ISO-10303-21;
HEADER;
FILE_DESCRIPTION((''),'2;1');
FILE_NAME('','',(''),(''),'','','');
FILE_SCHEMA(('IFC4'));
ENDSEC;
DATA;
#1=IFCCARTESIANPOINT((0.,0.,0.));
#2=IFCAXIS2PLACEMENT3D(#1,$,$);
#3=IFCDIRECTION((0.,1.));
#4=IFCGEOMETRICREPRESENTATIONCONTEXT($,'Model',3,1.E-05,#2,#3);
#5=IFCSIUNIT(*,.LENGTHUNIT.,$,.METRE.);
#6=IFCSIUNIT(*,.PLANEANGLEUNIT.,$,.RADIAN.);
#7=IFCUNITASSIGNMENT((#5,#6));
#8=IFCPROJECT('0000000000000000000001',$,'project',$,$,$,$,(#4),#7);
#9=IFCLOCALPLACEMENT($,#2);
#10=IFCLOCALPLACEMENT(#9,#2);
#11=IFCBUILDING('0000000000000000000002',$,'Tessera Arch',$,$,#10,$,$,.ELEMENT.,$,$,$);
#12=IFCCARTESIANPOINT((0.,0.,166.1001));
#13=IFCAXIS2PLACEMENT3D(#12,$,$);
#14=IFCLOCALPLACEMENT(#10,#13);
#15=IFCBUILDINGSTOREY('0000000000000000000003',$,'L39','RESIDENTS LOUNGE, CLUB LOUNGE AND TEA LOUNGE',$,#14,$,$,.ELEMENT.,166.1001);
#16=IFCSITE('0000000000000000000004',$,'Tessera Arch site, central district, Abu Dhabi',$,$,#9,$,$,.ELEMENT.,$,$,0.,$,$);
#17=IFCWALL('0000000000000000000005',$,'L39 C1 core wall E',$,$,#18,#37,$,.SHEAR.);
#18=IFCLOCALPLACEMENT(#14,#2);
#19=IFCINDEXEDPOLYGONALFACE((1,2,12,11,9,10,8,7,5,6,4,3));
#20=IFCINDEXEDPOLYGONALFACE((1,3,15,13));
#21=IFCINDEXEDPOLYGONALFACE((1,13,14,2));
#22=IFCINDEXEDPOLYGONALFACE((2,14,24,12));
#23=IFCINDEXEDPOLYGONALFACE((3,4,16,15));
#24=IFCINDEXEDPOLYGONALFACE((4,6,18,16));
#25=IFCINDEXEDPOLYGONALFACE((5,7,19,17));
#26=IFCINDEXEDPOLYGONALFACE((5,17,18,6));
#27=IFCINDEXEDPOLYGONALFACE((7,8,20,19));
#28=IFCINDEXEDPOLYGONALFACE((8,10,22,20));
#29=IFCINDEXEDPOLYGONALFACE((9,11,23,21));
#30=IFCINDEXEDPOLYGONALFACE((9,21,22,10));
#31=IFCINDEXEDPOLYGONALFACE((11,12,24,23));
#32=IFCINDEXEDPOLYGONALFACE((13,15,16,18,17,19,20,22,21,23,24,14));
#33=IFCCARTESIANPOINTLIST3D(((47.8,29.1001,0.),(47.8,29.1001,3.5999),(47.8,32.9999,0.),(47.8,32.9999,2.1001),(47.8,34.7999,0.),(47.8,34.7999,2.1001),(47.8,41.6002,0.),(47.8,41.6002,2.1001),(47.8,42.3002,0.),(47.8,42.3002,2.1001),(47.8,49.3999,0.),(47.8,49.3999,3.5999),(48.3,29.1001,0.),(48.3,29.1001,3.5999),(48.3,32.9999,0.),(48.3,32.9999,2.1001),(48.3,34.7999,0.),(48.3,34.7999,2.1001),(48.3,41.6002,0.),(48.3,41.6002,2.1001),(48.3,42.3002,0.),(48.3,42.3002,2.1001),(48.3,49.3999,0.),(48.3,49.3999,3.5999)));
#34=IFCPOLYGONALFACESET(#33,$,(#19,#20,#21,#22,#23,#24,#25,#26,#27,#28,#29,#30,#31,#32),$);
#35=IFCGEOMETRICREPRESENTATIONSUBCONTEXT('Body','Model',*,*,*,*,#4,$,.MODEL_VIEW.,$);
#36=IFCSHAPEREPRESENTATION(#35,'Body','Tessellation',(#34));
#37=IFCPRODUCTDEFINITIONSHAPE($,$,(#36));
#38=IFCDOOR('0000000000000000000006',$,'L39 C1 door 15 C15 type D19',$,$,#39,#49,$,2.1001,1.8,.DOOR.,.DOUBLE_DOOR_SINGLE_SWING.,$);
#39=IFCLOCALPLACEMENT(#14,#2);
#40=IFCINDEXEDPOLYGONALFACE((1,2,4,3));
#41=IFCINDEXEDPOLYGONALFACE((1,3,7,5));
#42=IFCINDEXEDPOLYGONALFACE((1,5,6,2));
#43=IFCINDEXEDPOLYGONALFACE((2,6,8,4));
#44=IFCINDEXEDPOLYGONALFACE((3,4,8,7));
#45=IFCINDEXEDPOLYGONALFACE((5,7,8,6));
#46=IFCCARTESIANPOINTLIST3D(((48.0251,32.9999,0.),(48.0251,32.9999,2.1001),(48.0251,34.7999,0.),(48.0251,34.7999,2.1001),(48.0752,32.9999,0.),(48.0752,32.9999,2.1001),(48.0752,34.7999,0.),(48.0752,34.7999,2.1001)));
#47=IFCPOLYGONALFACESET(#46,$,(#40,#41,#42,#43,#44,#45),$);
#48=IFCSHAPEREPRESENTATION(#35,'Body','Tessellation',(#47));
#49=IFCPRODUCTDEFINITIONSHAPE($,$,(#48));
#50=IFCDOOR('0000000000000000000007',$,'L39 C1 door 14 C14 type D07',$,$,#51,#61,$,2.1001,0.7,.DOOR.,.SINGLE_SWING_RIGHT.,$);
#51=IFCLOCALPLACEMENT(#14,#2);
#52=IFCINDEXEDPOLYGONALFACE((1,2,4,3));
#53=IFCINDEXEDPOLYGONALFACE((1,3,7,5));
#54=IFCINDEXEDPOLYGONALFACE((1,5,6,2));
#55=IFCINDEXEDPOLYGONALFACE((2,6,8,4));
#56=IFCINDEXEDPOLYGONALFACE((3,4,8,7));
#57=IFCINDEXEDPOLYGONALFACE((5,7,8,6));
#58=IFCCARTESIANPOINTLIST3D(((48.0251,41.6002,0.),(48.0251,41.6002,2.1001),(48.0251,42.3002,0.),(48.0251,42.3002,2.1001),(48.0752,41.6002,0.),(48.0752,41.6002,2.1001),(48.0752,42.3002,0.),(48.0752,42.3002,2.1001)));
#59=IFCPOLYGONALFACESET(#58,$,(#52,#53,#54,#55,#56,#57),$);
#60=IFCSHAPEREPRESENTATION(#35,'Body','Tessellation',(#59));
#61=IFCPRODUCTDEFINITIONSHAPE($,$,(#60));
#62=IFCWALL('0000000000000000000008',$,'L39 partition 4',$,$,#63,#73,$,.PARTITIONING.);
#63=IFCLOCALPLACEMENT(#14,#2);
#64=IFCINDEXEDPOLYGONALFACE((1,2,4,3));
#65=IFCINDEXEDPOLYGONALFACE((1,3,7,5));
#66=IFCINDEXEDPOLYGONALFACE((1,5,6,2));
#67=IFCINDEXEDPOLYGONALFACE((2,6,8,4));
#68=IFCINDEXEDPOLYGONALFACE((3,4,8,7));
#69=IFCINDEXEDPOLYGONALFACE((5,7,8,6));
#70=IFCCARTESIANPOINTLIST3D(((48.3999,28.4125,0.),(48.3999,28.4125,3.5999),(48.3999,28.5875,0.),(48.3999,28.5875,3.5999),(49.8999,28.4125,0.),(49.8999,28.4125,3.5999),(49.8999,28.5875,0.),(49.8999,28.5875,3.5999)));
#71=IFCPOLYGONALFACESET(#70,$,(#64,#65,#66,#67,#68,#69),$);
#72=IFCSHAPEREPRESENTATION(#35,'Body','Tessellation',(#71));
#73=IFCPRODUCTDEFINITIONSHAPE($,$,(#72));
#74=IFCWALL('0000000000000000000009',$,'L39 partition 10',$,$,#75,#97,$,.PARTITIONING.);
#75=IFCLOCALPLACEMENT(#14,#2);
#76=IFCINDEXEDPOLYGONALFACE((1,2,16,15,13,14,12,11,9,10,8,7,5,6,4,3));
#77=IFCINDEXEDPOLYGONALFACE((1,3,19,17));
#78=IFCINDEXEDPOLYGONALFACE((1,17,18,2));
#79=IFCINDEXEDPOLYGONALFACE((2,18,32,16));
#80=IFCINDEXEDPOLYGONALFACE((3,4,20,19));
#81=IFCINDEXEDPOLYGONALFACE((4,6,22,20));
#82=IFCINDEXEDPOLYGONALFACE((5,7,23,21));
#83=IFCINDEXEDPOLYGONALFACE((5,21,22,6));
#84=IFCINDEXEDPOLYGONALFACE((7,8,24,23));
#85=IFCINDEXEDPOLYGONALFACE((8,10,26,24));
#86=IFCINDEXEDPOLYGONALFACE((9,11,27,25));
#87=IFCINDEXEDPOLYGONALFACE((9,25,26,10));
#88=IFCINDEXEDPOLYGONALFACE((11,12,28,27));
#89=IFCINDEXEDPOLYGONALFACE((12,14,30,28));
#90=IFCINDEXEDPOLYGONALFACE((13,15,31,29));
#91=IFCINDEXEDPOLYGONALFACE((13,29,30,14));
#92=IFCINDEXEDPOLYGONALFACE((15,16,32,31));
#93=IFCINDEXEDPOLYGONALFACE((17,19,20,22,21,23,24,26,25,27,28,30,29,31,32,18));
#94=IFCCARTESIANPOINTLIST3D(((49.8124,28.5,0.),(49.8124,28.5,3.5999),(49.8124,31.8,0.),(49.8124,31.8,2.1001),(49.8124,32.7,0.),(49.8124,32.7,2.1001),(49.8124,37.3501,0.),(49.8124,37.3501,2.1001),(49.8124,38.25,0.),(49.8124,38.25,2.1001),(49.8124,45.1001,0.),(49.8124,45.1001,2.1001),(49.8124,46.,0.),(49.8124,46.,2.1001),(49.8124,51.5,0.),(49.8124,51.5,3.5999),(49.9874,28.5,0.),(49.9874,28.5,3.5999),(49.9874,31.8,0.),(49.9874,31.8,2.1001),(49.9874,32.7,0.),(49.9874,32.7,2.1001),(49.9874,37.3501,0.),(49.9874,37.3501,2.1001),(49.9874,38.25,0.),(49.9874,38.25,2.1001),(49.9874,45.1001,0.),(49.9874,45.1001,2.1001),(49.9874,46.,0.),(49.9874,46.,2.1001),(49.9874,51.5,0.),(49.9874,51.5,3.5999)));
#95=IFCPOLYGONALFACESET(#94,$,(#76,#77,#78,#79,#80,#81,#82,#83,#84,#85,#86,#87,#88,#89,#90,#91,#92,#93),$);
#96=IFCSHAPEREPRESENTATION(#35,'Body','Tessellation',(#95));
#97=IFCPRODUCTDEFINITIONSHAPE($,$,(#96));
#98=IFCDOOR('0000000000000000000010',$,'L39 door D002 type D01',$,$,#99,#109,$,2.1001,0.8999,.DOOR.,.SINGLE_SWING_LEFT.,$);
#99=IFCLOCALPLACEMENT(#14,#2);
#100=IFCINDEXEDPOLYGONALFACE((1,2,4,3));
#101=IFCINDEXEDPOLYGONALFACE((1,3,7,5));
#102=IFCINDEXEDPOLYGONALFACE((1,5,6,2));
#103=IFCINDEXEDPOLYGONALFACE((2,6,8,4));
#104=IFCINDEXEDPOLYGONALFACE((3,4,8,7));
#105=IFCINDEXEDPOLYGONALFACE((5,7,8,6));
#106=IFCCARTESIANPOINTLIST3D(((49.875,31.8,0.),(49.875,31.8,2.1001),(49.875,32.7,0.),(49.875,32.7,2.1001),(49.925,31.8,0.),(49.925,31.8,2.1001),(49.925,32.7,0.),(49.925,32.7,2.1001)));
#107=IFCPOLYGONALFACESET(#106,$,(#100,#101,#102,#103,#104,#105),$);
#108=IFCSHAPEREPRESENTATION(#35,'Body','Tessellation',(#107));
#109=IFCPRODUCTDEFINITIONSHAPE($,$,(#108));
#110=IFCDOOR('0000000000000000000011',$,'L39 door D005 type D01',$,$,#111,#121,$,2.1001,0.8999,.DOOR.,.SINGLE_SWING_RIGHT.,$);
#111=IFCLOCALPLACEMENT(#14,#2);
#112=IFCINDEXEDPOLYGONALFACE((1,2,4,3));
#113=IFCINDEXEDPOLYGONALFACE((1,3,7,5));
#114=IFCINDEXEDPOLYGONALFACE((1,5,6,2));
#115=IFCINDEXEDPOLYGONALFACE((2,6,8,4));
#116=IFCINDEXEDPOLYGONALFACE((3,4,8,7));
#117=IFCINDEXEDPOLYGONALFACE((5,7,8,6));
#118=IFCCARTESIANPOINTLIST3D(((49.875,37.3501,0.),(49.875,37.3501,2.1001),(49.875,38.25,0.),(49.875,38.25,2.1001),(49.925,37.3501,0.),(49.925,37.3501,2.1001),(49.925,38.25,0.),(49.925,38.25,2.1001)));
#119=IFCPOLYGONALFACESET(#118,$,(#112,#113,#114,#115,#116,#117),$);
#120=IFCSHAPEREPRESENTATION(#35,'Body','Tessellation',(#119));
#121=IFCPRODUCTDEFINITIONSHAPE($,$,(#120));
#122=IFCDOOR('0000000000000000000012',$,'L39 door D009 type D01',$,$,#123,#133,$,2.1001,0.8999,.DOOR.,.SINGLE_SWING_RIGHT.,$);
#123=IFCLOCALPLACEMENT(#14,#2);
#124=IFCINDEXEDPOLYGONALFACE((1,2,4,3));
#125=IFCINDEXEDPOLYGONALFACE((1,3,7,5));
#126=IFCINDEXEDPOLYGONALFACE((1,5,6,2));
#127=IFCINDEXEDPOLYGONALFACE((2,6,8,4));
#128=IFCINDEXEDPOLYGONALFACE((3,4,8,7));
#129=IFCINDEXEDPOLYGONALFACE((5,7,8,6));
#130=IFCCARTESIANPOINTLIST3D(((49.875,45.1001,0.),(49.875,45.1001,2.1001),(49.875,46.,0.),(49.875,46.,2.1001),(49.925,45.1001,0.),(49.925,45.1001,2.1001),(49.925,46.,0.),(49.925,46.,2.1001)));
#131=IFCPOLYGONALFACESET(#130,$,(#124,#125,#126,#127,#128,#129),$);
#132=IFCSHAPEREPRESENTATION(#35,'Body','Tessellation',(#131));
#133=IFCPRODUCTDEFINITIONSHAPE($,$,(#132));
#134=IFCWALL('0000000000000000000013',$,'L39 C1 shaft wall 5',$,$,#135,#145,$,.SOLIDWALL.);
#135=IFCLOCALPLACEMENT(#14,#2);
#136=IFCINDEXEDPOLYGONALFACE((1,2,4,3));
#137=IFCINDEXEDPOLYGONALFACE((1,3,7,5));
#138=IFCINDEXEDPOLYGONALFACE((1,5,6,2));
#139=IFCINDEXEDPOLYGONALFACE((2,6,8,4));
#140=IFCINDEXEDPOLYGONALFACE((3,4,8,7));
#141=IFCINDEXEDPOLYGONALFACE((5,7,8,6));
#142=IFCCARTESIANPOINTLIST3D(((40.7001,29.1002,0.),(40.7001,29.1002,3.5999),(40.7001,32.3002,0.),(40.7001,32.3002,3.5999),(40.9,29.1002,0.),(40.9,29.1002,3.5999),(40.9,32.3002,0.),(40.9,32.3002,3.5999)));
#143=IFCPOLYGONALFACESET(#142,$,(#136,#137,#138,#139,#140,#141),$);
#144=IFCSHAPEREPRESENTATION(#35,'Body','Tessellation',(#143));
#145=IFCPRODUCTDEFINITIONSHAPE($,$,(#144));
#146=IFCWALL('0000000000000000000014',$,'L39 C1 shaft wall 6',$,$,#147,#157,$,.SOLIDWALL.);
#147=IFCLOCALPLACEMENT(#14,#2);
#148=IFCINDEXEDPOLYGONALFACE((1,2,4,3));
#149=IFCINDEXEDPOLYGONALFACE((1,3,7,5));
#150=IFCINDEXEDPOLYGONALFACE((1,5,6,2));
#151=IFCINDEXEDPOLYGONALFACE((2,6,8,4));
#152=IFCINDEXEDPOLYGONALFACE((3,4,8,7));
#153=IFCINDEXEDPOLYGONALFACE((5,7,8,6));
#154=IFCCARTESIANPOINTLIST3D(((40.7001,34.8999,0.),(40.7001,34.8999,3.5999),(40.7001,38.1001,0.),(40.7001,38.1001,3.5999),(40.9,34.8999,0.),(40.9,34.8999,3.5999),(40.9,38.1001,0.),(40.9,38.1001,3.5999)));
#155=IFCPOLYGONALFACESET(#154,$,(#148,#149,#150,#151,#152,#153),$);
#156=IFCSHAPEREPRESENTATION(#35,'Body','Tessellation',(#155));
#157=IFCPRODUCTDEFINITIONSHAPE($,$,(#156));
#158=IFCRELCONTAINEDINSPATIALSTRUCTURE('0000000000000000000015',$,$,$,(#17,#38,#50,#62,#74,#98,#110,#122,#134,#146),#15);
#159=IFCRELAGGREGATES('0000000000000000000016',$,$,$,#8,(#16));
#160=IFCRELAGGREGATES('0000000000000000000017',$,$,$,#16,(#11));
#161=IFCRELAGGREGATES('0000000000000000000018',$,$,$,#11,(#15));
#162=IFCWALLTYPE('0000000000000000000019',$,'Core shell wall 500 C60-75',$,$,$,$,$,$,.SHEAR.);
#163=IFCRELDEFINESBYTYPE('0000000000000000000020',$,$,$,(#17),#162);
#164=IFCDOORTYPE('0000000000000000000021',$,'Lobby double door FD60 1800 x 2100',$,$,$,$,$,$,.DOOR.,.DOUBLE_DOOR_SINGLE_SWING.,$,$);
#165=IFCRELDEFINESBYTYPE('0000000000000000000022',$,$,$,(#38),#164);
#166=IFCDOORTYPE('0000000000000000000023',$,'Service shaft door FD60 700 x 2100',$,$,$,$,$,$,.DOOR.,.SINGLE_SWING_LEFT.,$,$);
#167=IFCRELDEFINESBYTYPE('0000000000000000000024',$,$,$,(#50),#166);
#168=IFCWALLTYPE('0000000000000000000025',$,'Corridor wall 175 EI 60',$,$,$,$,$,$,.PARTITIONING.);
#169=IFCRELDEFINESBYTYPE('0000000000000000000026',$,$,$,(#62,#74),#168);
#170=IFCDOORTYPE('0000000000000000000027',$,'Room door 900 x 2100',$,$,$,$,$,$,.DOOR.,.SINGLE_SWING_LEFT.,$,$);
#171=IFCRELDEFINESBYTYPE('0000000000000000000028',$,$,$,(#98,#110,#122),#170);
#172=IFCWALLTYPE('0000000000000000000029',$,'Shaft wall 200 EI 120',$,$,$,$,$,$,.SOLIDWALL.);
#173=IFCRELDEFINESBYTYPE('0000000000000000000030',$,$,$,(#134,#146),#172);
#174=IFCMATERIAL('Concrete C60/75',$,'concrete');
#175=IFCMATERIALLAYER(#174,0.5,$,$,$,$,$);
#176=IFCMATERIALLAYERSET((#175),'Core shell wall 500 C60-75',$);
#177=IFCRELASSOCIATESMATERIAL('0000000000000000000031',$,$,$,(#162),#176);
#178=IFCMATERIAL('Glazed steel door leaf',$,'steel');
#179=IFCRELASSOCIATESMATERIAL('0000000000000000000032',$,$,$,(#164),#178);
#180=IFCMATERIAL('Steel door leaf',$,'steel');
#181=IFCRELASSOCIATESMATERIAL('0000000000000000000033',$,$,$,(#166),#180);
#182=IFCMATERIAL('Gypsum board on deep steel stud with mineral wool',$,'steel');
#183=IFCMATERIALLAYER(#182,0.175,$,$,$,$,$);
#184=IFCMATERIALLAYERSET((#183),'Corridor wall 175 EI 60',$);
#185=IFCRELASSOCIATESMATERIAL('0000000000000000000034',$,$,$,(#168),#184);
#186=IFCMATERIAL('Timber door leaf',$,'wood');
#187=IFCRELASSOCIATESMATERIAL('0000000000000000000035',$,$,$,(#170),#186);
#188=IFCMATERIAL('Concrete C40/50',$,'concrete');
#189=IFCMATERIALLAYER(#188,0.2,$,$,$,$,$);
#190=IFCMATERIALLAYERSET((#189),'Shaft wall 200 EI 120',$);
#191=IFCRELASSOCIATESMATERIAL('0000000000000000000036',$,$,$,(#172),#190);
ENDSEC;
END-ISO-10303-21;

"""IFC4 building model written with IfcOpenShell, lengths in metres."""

from ifc_helpers import new_model, si_unit, direction, frame, frame_2d, origin, place, context, subcontext, project, spatial, rectangle, extrude, material, layer, layer_set, type_object, element, fill, save


model = new_model("IFC4")

# Units and contexts
model_context = context("Model", 3, precision=1e-05, world=origin(), true_north=direction((0.0, 1.0)))
body_context = subcontext(model_context, "Body", "Model", "MODEL_VIEW")
ifc_project = project(units=[si_unit("LENGTHUNIT", "METRE"), si_unit("PLANEANGLEUNIT", "RADIAN")], contexts=[model_context])

# Site, building, storey
site_placement = place(None, origin())
site = spatial("IfcSite", under=ifc_project, at=site_placement, Name="Tessera Arch site, central district, Abu Dhabi", CompositionType="ELEMENT", RefElevation=0.0)
building_placement = place(site_placement, origin())
building = spatial("IfcBuilding", under=site, at=building_placement, Name="Tessera Arch", CompositionType="ELEMENT")
storey_placement = place(building_placement, frame((0.0, 0.0, 166.1001)))
storey = spatial("IfcBuildingStorey", under=building, at=storey_placement, Name="L39", Description="RESIDENTS LOUNGE, CLUB LOUNGE AND TEA LOUNGE", CompositionType="ELEMENT", Elevation=166.1001)

# Wall, openings, doors
ifc_material_1 = material(Name="Concrete C60/75", Category="concrete")
ifc_layer_1 = layer(ifc_material_1, 0.5)
ifc_layer_set_1 = layer_set([ifc_layer_1], Name="Core shell wall 500 C60-75")
wall_type_1 = type_object("IfcWallType", Name="Core shell wall 500 C60-75", PredefinedType="SHEAR", material=ifc_layer_set_1)
wall_1_placement = place(storey_placement, frame((48.05, 29.1001, 0.0), z_axis=(0.0, 0.0, 1.0), x_axis=(0.0, 1.0, 0.0)))
wall_1 = element("IfcWall", 1, at=wall_1_placement, inside=storey, type_object=wall_type_1, Name="L39 C1 core wall E", PredefinedType="SHEAR", context=body_context, shape_type="SweptSolid", body=[
    extrude(rectangle(XDim=20.2998, YDim=0.5, at=frame_2d((10.1499, 0.0))), origin(), (0.0, 0.0, 1.0), 3.5999),
])
opening_1_placement = place(wall_1_placement, frame((12.5, 0.0, 0.0)))
opening_1 = element("IfcOpeningElement", 2, at=opening_1_placement, cuts=wall_1, PredefinedType="OPENING", context=body_context, shape_type="SweptSolid", body=[
    extrude(rectangle(XDim=0.7, YDim=2.1001, at=frame_2d((0.3501, 1.05))), frame((0.0, 0.26, 0.0), z_axis=(0.0, -1.0, 0.0), x_axis=(1.0, 0.0, 0.0)), (0.0, 0.0, 1.0), 0.52),
])
opening_2_placement = place(wall_1_placement, frame((3.8999, 0.0, 0.0)))
opening_2 = element("IfcOpeningElement", 3, at=opening_2_placement, cuts=wall_1, PredefinedType="OPENING", context=body_context, shape_type="SweptSolid", body=[
    extrude(rectangle(XDim=1.8, YDim=2.1001, at=frame_2d((0.8999, 1.05))), frame((0.0, 0.26, 0.0), z_axis=(0.0, -1.0, 0.0), x_axis=(1.0, 0.0, 0.0)), (0.0, 0.0, 1.0), 0.52),
])
ifc_material_2 = material(Name="Glazed steel door leaf", Category="steel")
door_type_1 = type_object("IfcDoorType", Name="Lobby double door FD60 1800 x 2100", OperationType="DOUBLE_DOOR_SINGLE_SWING", PredefinedType="DOOR", material=ifc_material_2)
door_1_placement = place(opening_2_placement, origin())
door_1 = element("IfcDoor", 4, at=door_1_placement, inside=storey, type_object=door_type_1, Name="L39 C1 door 15 C15 type D19", OperationType="DOUBLE_DOOR_SINGLE_SWING", OverallHeight=2.1001, OverallWidth=1.8, PredefinedType="DOOR", context=body_context, shape_type="SweptSolid", body=[
    extrude(rectangle(XDim=1.8, YDim=2.1001, at=frame_2d((0.8999, 1.05))), frame((0.0, 0.0249, 0.0), z_axis=(0.0, -1.0, 0.0), x_axis=(1.0, 0.0, 0.0)), (0.0, 0.0, 1.0), 0.05),
])
fill(opening_2, door_1)
ifc_material_3 = material(Name="Steel door leaf", Category="steel")
door_type_2 = type_object("IfcDoorType", Name="Service shaft door FD60 700 x 2100", OperationType="SINGLE_SWING_LEFT", PredefinedType="DOOR", material=ifc_material_3)
door_2_placement = place(opening_1_placement, origin())
door_2 = element("IfcDoor", 5, at=door_2_placement, inside=storey, type_object=door_type_2, Name="L39 C1 door 14 C14 type D07", OperationType="SINGLE_SWING_RIGHT", OverallHeight=2.1001, OverallWidth=0.7, PredefinedType="DOOR", context=body_context, shape_type="SweptSolid", body=[
    extrude(rectangle(XDim=0.7, YDim=2.1001, at=frame_2d((0.3501, 1.05))), frame((0.0, 0.0249, 0.0), z_axis=(0.0, -1.0, 0.0), x_axis=(1.0, 0.0, 0.0)), (0.0, 0.0, 1.0), 0.05),
])
fill(opening_1, door_2)

# Wall
ifc_material_4 = material(Name="Gypsum board on deep steel stud with mineral wool", Category="steel")
ifc_layer_2 = layer(ifc_material_4, 0.175)
ifc_layer_set_2 = layer_set([ifc_layer_2], Name="Corridor wall 175 EI 60")
wall_type_2 = type_object("IfcWallType", Name="Corridor wall 175 EI 60", PredefinedType="PARTITIONING", material=ifc_layer_set_2)
wall_2_placement = place(storey_placement, frame((48.3999, 28.5, 0.0), z_axis=(0.0, 0.0, 1.0), x_axis=(1.0, 0.0, 0.0)))
element("IfcWall", 6, at=wall_2_placement, inside=storey, type_object=wall_type_2, Name="L39 partition 4", PredefinedType="PARTITIONING", context=body_context, shape_type="SweptSolid", body=[
    extrude(rectangle(XDim=1.5, YDim=0.175, at=frame_2d((0.75, 0.0))), origin(), (0.0, 0.0, 1.0), 3.5999),
])

# Wall, openings, doors
wall_3_placement = place(storey_placement, frame((49.8999, 28.5, 0.0), z_axis=(0.0, 0.0, 1.0), x_axis=(0.0, 1.0, 0.0)))
wall_3 = element("IfcWall", 7, at=wall_3_placement, inside=storey, type_object=wall_type_2, Name="L39 partition 10", PredefinedType="PARTITIONING", context=body_context, shape_type="SweptSolid", body=[
    extrude(rectangle(XDim=23.0, YDim=0.175, at=frame_2d((11.5, 0.0))), origin(), (0.0, 0.0, 1.0), 3.5999),
])
opening_3_placement = place(wall_3_placement, frame((3.3, 0.0, 0.0)))
opening_3 = element("IfcOpeningElement", 8, at=opening_3_placement, cuts=wall_3, PredefinedType="OPENING", context=body_context, shape_type="SweptSolid", body=[
    extrude(rectangle(XDim=0.8999, YDim=2.1001, at=frame_2d((0.45, 1.05))), frame((0.0, 0.0974, 0.0), z_axis=(0.0, -1.0, 0.0), x_axis=(1.0, 0.0, 0.0)), (0.0, 0.0, 1.0), 0.1951),
])
opening_4_placement = place(wall_3_placement, frame((8.8501, 0.0, 0.0)))
opening_4 = element("IfcOpeningElement", 9, at=opening_4_placement, cuts=wall_3, PredefinedType="OPENING", context=body_context, shape_type="SweptSolid", body=[
    extrude(rectangle(XDim=0.8999, YDim=2.1001, at=frame_2d((0.45, 1.05))), frame((0.0, 0.0974, 0.0), z_axis=(0.0, -1.0, 0.0), x_axis=(1.0, 0.0, 0.0)), (0.0, 0.0, 1.0), 0.1951),
])
opening_5_placement = place(wall_3_placement, frame((16.6001, 0.0, 0.0)))
opening_5 = element("IfcOpeningElement", 10, at=opening_5_placement, cuts=wall_3, PredefinedType="OPENING", context=body_context, shape_type="SweptSolid", body=[
    extrude(rectangle(XDim=0.8999, YDim=2.1001, at=frame_2d((0.45, 1.05))), frame((0.0, 0.0974, 0.0), z_axis=(0.0, -1.0, 0.0), x_axis=(1.0, 0.0, 0.0)), (0.0, 0.0, 1.0), 0.1951),
])
ifc_material_5 = material(Name="Timber door leaf", Category="wood")
door_type_3 = type_object("IfcDoorType", Name="Room door 900 x 2100", OperationType="SINGLE_SWING_LEFT", PredefinedType="DOOR", material=ifc_material_5)
door_3_placement = place(opening_3_placement, origin())
door_3 = element("IfcDoor", 11, at=door_3_placement, inside=storey, type_object=door_type_3, Name="L39 door D002 type D01", OperationType="SINGLE_SWING_LEFT", OverallHeight=2.1001, OverallWidth=0.8999, PredefinedType="DOOR", context=body_context, shape_type="SweptSolid", body=[
    extrude(rectangle(XDim=0.8999, YDim=2.1001, at=frame_2d((0.45, 1.05))), frame((0.0, 0.0249, 0.0), z_axis=(0.0, -1.0, 0.0), x_axis=(1.0, 0.0, 0.0)), (0.0, 0.0, 1.0), 0.05),
])
fill(opening_3, door_3)
door_4_placement = place(opening_4_placement, origin())
door_4 = element("IfcDoor", 12, at=door_4_placement, inside=storey, type_object=door_type_3, Name="L39 door D005 type D01", OperationType="SINGLE_SWING_RIGHT", OverallHeight=2.1001, OverallWidth=0.8999, PredefinedType="DOOR", context=body_context, shape_type="SweptSolid", body=[
    extrude(rectangle(XDim=0.8999, YDim=2.1001, at=frame_2d((0.45, 1.05))), frame((0.0, 0.0249, 0.0), z_axis=(0.0, -1.0, 0.0), x_axis=(1.0, 0.0, 0.0)), (0.0, 0.0, 1.0), 0.05),
])
fill(opening_4, door_4)
door_5_placement = place(opening_5_placement, origin())
door_5 = element("IfcDoor", 13, at=door_5_placement, inside=storey, type_object=door_type_3, Name="L39 door D009 type D01", OperationType="SINGLE_SWING_RIGHT", OverallHeight=2.1001, OverallWidth=0.8999, PredefinedType="DOOR", context=body_context, shape_type="SweptSolid", body=[
    extrude(rectangle(XDim=0.8999, YDim=2.1001, at=frame_2d((0.45, 1.05))), frame((0.0, 0.0249, 0.0), z_axis=(0.0, -1.0, 0.0), x_axis=(1.0, 0.0, 0.0)), (0.0, 0.0, 1.0), 0.05),
])
fill(opening_5, door_5)

# Walls
ifc_material_6 = material(Name="Concrete C40/50", Category="concrete")
ifc_layer_3 = layer(ifc_material_6, 0.2)
ifc_layer_set_3 = layer_set([ifc_layer_3], Name="Shaft wall 200 EI 120")
wall_type_3 = type_object("IfcWallType", Name="Shaft wall 200 EI 120", PredefinedType="SOLIDWALL", material=ifc_layer_set_3)
wall_4_placement = place(storey_placement, frame((40.8, 29.1001, 0.0), z_axis=(0.0, 0.0, 1.0), x_axis=(0.0, 1.0, 0.0)))
element("IfcWall", 14, at=wall_4_placement, inside=storey, type_object=wall_type_3, Name="L39 C1 shaft wall 5", PredefinedType="SOLIDWALL", context=body_context, shape_type="SweptSolid", body=[
    extrude(rectangle(XDim=3.2, YDim=0.2, at=frame_2d((1.6001, 0.0))), origin(), (0.0, 0.0, 1.0), 3.5999),
])
wall_5_placement = place(storey_placement, frame((40.8, 34.8999, 0.0), z_axis=(0.0, 0.0, 1.0), x_axis=(0.0, 1.0, 0.0)))
element("IfcWall", 15, at=wall_5_placement, inside=storey, type_object=wall_type_3, Name="L39 C1 shaft wall 6", PredefinedType="SOLIDWALL", context=body_context, shape_type="SweptSolid", body=[
    extrude(rectangle(XDim=3.2002, YDim=0.2, at=frame_2d((1.6001, 0.0))), origin(), (0.0, 0.0, 1.0), 3.5999),
])

save(model, "model.ifc")
